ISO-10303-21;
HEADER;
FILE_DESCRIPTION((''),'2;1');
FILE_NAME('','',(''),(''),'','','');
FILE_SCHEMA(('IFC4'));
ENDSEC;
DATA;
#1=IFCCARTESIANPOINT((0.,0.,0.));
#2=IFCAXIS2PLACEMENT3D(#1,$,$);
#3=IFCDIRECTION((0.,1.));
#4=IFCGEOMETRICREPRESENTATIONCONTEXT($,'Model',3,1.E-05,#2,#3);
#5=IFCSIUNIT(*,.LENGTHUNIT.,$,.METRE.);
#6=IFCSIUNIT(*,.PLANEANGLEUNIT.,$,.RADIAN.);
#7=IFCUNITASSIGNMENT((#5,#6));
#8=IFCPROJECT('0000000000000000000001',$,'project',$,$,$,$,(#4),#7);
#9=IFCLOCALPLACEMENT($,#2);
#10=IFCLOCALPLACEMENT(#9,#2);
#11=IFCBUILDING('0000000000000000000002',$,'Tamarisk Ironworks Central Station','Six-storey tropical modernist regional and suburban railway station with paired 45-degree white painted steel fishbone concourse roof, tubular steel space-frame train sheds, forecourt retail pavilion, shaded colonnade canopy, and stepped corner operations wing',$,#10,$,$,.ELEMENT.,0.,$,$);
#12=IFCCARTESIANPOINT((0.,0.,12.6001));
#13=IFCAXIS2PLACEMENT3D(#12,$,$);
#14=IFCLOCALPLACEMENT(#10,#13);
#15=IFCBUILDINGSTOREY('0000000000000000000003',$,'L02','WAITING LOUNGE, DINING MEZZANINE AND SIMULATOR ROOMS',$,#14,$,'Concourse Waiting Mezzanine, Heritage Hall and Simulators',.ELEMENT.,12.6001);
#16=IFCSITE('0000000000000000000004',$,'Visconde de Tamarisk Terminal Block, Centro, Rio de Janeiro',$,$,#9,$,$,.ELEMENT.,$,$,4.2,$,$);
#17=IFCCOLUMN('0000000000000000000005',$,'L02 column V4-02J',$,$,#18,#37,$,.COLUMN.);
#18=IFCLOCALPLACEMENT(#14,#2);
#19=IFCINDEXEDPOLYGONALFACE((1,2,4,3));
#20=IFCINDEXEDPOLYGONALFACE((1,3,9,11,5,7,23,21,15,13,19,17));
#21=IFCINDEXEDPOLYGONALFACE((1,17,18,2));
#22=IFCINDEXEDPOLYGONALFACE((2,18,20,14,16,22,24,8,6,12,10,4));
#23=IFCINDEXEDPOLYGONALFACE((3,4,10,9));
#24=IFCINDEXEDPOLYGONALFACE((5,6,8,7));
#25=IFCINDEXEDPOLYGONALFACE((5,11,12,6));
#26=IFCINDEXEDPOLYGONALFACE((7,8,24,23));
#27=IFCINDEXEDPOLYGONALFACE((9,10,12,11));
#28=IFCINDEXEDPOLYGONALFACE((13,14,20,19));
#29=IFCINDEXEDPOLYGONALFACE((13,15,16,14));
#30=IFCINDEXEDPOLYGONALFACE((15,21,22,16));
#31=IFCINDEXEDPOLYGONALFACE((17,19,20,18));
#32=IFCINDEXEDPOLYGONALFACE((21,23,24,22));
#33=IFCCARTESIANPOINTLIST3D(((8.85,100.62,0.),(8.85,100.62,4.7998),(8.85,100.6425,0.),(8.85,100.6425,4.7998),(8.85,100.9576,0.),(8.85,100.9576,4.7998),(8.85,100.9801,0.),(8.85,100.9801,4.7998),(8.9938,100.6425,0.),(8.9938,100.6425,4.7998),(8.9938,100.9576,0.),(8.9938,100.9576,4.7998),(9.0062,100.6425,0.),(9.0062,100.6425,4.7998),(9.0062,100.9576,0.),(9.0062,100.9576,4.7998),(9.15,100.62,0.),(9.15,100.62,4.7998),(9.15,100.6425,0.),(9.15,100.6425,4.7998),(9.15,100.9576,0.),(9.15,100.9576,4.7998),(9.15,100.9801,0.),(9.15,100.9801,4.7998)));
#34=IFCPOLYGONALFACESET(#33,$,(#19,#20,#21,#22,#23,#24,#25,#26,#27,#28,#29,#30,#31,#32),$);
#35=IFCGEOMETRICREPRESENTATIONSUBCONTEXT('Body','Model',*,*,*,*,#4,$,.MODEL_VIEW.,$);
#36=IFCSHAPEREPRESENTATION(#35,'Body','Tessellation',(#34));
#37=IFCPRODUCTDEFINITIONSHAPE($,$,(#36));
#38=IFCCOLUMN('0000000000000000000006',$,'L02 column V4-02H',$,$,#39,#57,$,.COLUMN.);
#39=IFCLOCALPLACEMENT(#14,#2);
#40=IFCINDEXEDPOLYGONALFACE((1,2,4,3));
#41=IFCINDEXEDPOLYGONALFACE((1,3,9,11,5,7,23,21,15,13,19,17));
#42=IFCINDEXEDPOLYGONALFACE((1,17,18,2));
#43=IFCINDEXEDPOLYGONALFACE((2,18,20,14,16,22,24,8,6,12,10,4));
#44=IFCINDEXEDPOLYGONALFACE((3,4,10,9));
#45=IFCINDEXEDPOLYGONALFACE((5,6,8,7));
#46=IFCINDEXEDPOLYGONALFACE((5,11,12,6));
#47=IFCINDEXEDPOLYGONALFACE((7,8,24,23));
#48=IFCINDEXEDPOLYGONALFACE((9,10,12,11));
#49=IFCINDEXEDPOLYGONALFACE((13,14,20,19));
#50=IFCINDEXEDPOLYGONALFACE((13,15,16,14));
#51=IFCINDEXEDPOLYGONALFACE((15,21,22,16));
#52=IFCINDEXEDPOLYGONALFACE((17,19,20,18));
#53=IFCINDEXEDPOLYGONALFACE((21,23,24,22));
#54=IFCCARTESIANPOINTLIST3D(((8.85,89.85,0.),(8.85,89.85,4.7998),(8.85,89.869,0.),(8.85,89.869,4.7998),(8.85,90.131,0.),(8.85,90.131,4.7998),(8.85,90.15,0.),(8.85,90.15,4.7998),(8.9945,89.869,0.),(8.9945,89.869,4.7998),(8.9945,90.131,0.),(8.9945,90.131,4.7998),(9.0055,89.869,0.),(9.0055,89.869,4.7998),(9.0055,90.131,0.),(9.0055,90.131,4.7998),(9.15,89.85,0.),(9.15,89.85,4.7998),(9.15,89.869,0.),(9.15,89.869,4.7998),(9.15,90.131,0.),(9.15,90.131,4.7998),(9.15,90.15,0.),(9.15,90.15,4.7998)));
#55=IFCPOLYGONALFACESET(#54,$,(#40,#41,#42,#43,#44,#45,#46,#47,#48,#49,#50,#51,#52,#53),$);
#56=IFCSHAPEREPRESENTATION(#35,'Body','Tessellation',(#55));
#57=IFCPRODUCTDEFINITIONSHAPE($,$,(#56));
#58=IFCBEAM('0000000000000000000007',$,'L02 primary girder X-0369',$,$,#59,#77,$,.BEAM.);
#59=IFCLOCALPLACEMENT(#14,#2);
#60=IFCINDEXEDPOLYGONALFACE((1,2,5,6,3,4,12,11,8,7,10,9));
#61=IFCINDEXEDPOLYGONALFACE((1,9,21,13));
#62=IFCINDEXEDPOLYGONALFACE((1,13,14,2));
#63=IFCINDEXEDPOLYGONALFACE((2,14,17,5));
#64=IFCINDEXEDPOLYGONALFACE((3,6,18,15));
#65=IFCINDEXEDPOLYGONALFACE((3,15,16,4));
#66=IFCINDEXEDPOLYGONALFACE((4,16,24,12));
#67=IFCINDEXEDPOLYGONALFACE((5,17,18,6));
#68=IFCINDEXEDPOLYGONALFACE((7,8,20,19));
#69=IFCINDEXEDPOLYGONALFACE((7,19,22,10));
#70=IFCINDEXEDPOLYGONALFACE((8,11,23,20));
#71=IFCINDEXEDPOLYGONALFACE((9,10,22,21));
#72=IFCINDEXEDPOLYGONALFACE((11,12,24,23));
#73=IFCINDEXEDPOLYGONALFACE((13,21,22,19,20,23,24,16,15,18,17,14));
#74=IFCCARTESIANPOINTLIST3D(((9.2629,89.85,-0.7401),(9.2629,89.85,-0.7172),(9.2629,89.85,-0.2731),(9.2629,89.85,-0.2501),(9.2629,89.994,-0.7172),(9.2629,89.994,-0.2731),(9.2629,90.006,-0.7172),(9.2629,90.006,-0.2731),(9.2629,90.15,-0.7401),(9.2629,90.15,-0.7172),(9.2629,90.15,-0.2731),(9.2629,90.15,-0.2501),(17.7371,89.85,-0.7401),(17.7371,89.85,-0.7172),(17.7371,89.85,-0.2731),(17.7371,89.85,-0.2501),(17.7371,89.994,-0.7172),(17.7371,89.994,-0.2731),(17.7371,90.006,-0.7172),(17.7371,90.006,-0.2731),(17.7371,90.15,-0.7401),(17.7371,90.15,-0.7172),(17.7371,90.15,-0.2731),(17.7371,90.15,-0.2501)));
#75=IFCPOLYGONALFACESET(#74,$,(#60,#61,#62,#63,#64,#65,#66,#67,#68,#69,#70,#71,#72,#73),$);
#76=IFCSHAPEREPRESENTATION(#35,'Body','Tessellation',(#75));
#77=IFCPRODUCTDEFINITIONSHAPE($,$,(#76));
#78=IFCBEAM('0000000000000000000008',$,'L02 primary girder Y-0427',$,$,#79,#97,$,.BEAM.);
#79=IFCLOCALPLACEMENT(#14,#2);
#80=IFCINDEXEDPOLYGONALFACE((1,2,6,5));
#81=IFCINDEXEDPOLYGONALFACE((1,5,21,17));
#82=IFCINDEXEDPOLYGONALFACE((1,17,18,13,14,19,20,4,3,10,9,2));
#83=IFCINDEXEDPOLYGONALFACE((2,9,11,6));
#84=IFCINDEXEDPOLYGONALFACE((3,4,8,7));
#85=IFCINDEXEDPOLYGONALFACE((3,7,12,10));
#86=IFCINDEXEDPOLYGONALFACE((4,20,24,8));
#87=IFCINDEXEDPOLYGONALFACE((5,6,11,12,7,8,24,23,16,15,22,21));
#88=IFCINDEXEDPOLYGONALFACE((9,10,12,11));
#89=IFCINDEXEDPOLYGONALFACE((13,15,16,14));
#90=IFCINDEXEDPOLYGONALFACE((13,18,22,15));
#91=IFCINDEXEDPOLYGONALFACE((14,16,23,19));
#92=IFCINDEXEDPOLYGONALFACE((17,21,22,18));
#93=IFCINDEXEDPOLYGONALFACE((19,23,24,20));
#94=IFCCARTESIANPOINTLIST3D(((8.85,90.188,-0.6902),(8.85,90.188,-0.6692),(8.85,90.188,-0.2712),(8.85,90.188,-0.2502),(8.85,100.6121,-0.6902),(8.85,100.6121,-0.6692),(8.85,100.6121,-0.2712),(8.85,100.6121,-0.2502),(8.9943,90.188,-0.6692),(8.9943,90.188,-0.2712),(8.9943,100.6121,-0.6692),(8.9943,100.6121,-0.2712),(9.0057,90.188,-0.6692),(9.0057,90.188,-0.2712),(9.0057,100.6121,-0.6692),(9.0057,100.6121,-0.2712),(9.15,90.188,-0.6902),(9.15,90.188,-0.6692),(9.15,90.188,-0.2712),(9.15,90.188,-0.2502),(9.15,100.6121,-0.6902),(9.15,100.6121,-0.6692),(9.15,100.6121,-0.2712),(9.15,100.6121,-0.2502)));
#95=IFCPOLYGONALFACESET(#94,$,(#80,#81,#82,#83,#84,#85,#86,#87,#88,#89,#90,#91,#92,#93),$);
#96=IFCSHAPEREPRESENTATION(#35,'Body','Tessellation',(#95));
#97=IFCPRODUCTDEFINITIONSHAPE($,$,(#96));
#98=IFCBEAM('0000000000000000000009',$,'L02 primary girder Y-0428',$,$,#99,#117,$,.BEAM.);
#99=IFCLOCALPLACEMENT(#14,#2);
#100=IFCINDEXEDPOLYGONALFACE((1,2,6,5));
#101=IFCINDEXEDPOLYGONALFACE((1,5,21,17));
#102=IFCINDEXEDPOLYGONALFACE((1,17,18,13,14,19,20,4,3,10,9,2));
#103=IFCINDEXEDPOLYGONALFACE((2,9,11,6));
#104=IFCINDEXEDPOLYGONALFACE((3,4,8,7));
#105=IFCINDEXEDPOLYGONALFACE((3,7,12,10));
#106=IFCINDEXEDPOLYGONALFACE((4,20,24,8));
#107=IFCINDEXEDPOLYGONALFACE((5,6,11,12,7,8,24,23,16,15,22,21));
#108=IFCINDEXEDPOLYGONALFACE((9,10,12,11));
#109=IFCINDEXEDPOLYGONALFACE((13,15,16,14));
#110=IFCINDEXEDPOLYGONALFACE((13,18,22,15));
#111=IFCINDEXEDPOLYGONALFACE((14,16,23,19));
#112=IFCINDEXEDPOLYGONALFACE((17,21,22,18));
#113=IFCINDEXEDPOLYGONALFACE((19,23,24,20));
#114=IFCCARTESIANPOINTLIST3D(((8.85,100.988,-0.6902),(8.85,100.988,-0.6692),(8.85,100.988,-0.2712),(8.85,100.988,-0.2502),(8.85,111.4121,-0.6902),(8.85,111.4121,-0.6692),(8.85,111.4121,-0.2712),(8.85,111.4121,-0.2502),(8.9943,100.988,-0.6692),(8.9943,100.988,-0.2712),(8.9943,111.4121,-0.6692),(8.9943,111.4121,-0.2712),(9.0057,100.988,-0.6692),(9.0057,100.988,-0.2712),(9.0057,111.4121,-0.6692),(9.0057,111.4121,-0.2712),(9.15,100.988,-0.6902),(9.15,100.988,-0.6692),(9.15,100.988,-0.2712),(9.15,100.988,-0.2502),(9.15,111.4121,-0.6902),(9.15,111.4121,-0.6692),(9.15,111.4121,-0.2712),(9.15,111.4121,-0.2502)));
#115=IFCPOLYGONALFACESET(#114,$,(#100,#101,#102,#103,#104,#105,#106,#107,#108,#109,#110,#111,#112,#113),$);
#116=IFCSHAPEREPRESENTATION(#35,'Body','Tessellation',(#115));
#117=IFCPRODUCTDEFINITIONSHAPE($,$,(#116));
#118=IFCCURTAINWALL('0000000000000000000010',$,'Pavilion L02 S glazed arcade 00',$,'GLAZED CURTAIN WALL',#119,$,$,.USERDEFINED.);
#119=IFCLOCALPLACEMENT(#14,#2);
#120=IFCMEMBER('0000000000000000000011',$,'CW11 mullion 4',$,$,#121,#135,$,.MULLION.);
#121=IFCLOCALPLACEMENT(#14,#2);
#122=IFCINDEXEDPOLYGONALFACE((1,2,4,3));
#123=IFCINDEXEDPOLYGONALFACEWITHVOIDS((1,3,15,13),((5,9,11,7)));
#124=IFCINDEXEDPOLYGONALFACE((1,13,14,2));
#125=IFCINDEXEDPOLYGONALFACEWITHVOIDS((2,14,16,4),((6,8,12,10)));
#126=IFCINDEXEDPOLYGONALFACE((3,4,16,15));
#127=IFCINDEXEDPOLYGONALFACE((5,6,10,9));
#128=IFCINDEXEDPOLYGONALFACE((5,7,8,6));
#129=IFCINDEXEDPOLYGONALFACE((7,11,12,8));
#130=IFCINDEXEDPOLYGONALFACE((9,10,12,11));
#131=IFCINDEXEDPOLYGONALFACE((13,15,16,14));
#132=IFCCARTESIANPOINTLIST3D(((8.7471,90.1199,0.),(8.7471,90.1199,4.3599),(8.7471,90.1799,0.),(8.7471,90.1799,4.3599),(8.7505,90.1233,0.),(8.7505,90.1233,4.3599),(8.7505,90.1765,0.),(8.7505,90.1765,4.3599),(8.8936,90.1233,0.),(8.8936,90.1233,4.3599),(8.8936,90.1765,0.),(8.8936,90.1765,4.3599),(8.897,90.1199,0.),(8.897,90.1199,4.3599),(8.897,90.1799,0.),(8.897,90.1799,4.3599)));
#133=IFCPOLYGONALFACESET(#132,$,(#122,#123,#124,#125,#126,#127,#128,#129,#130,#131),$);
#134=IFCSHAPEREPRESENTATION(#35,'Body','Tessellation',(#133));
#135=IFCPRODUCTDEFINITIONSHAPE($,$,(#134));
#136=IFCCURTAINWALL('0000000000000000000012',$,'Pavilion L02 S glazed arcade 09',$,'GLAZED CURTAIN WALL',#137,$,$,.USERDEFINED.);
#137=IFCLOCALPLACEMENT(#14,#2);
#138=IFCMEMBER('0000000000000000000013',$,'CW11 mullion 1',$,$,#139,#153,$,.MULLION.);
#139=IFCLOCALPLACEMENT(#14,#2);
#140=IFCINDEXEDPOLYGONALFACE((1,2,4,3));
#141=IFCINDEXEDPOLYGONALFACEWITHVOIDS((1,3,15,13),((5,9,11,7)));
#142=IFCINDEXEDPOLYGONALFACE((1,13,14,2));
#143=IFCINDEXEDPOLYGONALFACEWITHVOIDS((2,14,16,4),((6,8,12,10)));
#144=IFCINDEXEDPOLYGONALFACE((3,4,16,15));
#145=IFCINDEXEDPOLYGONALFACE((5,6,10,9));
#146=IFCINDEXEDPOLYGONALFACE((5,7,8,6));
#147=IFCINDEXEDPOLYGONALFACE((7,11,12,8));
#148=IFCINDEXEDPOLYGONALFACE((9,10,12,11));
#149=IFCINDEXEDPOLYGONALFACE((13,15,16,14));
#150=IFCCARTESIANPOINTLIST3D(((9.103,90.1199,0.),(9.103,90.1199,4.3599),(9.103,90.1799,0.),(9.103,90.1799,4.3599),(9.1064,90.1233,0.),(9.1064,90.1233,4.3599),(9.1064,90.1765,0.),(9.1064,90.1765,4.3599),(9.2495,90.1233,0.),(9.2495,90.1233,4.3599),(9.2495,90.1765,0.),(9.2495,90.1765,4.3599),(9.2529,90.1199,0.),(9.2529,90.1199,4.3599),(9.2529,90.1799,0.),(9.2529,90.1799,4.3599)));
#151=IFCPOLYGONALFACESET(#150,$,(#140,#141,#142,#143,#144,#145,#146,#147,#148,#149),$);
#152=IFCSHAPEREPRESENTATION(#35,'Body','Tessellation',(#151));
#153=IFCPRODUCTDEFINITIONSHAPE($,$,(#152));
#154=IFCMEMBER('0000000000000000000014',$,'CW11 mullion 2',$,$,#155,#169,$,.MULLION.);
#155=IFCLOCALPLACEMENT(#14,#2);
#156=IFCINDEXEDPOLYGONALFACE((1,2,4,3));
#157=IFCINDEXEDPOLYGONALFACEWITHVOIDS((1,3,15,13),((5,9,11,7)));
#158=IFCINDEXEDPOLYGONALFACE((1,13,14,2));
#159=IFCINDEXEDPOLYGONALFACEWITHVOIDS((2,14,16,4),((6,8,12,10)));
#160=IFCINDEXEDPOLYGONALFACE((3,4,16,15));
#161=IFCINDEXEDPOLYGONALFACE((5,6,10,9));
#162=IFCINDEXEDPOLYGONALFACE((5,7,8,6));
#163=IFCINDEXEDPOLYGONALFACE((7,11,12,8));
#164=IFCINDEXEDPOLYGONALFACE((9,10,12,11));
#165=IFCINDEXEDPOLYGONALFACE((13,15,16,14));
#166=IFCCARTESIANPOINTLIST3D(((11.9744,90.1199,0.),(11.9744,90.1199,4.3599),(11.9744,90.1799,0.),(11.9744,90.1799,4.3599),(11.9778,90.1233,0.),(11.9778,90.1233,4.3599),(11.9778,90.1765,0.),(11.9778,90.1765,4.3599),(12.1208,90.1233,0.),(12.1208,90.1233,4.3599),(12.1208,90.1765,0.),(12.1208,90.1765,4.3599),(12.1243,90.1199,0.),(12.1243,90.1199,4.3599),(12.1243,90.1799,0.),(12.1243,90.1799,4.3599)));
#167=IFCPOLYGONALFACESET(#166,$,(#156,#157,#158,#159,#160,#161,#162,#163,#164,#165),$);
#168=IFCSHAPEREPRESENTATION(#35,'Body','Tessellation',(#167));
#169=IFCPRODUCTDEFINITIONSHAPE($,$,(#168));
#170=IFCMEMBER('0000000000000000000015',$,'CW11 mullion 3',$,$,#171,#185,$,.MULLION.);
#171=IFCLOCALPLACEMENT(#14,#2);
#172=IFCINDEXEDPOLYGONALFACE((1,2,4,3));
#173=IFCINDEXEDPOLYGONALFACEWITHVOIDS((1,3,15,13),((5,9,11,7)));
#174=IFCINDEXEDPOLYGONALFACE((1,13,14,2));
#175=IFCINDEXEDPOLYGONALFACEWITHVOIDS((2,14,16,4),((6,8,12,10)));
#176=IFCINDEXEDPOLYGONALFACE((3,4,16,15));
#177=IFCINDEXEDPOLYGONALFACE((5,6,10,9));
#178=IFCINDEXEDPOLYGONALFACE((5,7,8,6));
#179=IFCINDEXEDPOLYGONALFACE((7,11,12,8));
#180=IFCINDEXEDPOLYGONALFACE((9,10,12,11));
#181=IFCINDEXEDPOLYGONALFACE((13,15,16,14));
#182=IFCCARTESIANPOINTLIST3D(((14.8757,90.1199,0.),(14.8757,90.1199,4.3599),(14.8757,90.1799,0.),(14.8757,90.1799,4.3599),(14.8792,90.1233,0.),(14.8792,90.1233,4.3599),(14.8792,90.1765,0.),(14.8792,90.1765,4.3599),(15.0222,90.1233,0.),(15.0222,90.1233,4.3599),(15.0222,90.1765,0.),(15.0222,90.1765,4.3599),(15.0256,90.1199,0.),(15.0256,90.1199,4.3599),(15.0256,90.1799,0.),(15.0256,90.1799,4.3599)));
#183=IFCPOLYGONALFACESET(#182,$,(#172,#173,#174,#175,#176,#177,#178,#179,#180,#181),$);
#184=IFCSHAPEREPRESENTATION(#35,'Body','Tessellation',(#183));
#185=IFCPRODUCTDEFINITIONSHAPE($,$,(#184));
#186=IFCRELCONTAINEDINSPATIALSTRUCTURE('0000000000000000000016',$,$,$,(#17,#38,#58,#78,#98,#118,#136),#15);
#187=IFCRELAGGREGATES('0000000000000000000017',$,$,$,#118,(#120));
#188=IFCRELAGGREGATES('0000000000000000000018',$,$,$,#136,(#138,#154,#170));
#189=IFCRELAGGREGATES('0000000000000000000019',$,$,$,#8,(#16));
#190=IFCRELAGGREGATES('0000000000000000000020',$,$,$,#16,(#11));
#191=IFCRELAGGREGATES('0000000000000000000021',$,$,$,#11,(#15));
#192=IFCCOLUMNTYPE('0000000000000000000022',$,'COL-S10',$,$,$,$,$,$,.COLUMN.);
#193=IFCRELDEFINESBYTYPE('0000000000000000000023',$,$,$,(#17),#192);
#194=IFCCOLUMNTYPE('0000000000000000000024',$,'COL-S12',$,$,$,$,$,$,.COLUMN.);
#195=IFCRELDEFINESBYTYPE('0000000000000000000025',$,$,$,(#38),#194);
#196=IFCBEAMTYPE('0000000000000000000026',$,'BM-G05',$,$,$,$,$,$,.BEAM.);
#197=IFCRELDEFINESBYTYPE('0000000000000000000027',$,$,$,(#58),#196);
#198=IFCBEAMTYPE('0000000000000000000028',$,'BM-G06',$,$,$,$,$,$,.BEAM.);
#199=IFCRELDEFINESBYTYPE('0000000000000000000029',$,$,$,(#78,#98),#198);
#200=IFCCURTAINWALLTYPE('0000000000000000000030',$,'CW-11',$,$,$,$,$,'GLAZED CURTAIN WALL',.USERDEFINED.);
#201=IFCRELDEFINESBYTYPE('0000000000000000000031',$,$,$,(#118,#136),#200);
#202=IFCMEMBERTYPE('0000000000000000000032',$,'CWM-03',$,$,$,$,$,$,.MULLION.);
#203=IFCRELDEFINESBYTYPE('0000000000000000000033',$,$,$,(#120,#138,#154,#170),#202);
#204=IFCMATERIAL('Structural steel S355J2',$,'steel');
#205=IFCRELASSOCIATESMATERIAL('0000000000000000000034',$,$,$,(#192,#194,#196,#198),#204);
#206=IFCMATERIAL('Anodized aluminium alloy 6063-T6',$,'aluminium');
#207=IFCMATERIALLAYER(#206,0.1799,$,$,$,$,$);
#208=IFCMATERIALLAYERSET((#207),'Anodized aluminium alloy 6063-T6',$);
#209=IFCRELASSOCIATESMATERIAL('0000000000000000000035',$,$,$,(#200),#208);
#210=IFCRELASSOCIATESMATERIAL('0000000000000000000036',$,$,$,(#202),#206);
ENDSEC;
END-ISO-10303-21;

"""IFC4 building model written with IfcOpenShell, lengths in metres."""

from ifc_helpers import new_model, si_unit, direction, frame, origin, origin_2d, place, context, subcontext, project, spatial, hollow_rectangle, i_section, extrude, material, layer, layer_set, material_profile, profile_set, type_object, element, aggregate, save


model = new_model("IFC4")

# Units and contexts
model_context = context("Model", 3, precision=1e-05, world=origin(), true_north=direction((0.0, 1.0)))
body_context = subcontext(model_context, "Body", "Model", "MODEL_VIEW")
ifc_project = project(units=[si_unit("LENGTHUNIT", "METRE"), si_unit("PLANEANGLEUNIT", "RADIAN")], contexts=[model_context])

# Site, building, storey
site_placement = place(None, origin())
site = spatial("IfcSite", under=ifc_project, at=site_placement, Name="Visconde de Tamarisk Terminal Block, Centro, Rio de Janeiro", CompositionType="ELEMENT", RefElevation=4.2)
building_placement = place(site_placement, origin())
building = spatial("IfcBuilding", under=site, at=building_placement, Name="Tamarisk Ironworks Central Station", Description="Six-storey tropical modernist regional and suburban railway station with paired 45-degree white painted steel fishbone concourse roof, tubular steel space-frame train sheds, forecourt retail pavilion, shaded colonnade canopy, and stepped corner operations wing", CompositionType="ELEMENT", ElevationOfRefHeight=0.0)
storey_placement = place(building_placement, frame((0.0, 0.0, 12.6001)))
storey = spatial("IfcBuildingStorey", under=building, at=storey_placement, Name="L02", Description="WAITING LOUNGE, DINING MEZZANINE AND SIMULATOR ROOMS", LongName="Concourse Waiting Mezzanine, Heritage Hall and Simulators", CompositionType="ELEMENT", Elevation=12.6001)

# Columns
ifc_material_1 = material(Name="Structural steel S355J2", Category="steel")
ifc_material_profile_1 = material_profile(ifc_material_1, i_section(OverallWidth=0.3, OverallDepth=0.3601, WebThickness=0.0125, FlangeThickness=0.0225, at=origin_2d()), Name="HEB 360")
ifc_profile_set_1 = profile_set([ifc_material_profile_1], Name="Structural steel S355J2")
column_type_1 = type_object("IfcColumnType", Name="COL-S10", PredefinedType="COLUMN", material=ifc_profile_set_1)
column_1_placement = place(storey_placement, frame((9.0, 100.8, 0.0), z_axis=(0.0, 0.0, 1.0), x_axis=(1.0, 0.0, 0.0)))
element("IfcColumn", 1, at=column_1_placement, inside=storey, type_object=column_type_1, Name="L02 column V4-02J", PredefinedType="COLUMN", context=body_context, shape_type="SweptSolid", body=[
    extrude(i_section(OverallWidth=0.3, OverallDepth=0.3601, WebThickness=0.0125, FlangeThickness=0.0225, at=origin_2d()), origin(), (0.0, 0.0, 1.0), 4.7998),
])
ifc_material_profile_2 = material_profile(ifc_material_1, i_section(OverallWidth=0.3, OverallDepth=0.3, WebThickness=0.011, FlangeThickness=0.019, at=origin_2d()), Name="HEB 300")
ifc_profile_set_2 = profile_set([ifc_material_profile_2], Name="Structural steel S355J2")
column_type_2 = type_object("IfcColumnType", Name="COL-S12", PredefinedType="COLUMN", material=ifc_profile_set_2)
column_2_placement = place(storey_placement, frame((9.0, 90.0, 0.0), z_axis=(0.0, 0.0, 1.0), x_axis=(1.0, 0.0, 0.0)))
element("IfcColumn", 2, at=column_2_placement, inside=storey, type_object=column_type_2, Name="L02 column V4-02H", PredefinedType="COLUMN", context=body_context, shape_type="SweptSolid", body=[
    extrude(i_section(OverallWidth=0.3, OverallDepth=0.3, WebThickness=0.011, FlangeThickness=0.019, at=origin_2d()), origin(), (0.0, 0.0, 1.0), 4.7998),
])

# Beams
ifc_material_profile_3 = material_profile(ifc_material_1, i_section(OverallWidth=0.3, OverallDepth=0.49, WebThickness=0.012, FlangeThickness=0.0229, at=origin_2d()), Name="HEA 500")
ifc_profile_set_3 = profile_set([ifc_material_profile_3], Name="Structural steel S355J2")
beam_type_1 = type_object("IfcBeamType", Name="BM-G05", PredefinedType="BEAM", material=ifc_profile_set_3)
beam_placement = place(storey_placement, frame((9.2629, 90.0, -0.4951), z_axis=(1.0, 0.0, 0.0), x_axis=(0.0, 1.0, 0.0)))
element("IfcBeam", 3, at=beam_placement, inside=storey, type_object=beam_type_1, Name="L02 primary girder X-0369", PredefinedType="BEAM", context=body_context, shape_type="SweptSolid", body=[
    extrude(i_section(OverallWidth=0.3, OverallDepth=0.49, WebThickness=0.012, FlangeThickness=0.0229, at=origin_2d()), origin(), (0.0, 0.0, 1.0), 8.4741),
])
ifc_material_profile_4 = material_profile(ifc_material_1, i_section(OverallWidth=0.3, OverallDepth=0.4399, WebThickness=0.0115, FlangeThickness=0.021, at=origin_2d()), Name="HEA 450")
ifc_profile_set_4 = profile_set([ifc_material_profile_4], Name="Structural steel S355J2")
beam_type_2 = type_object("IfcBeamType", Name="BM-G06", PredefinedType="BEAM", material=ifc_profile_set_4)
for number, where, z_axis, x_axis, name in (
    (4, (9.0, 90.188, -0.4702), (0.0, 1.0, 0.0), (-1.0, 0.0, 0.0), "L02 primary girder Y-0427"),
    (5, (9.0, 100.988, -0.4702), (0.0, 1.0, 0.0), (-1.0, 0.0, 0.0), "L02 primary girder Y-0428"),
):
    element("IfcBeam", number, at=place(storey_placement, frame(where, z_axis=z_axis, x_axis=x_axis)), inside=storey, type_object=beam_type_2, Name=name, PredefinedType="BEAM", context=body_context, shape_type="SweptSolid", body=[
        extrude(i_section(OverallWidth=0.3, OverallDepth=0.4399, WebThickness=0.0115, FlangeThickness=0.021, at=origin_2d()), origin(), (0.0, 0.0, 1.0), 10.4241),
    ])

# Curtain wall, member
ifc_material_2 = material(Name="Anodized aluminium alloy 6063-T6", Category="aluminium")
ifc_layer_1 = layer(ifc_material_2, 0.1799)
ifc_layer_set_1 = layer_set([ifc_layer_1], Name="Anodized aluminium alloy 6063-T6")
curtain_wall_type = type_object("IfcCurtainWallType", Name="CW-11", ElementType="GLAZED CURTAIN WALL", PredefinedType="USERDEFINED", material=ifc_layer_set_1)
curtain_wall_1_placement = place(storey_placement, origin())
curtain_wall_1 = element("IfcCurtainWall", 6, at=curtain_wall_1_placement, inside=storey, type_object=curtain_wall_type, Name="Pavilion L02 S glazed arcade 00", ObjectType="GLAZED CURTAIN WALL", PredefinedType="USERDEFINED")
ifc_material_profile_5 = material_profile(ifc_material_2, hollow_rectangle(XDim=0.0601, YDim=0.1499, WallThickness=0.0034, at=origin_2d()), Name="ALUM 150x60")
ifc_profile_set_5 = profile_set([ifc_material_profile_5], Name="Anodized aluminium alloy 6063-T6")
member_type_1 = type_object("IfcMemberType", Name="CWM-03", PredefinedType="MULLION", material=ifc_profile_set_5)
member_1_placement = place(storey_placement, frame((8.822, 90.1499, 0.0), z_axis=(0.0, 0.0, 1.0), x_axis=(0.0, 1.0, 0.0)))
member_1 = element("IfcMember", 7, at=member_1_placement, type_object=member_type_1, Name="CW11 mullion 4", PredefinedType="MULLION", context=body_context, shape_type="SweptSolid", body=[
    extrude(hollow_rectangle(XDim=0.0601, YDim=0.1499, WallThickness=0.0034, at=origin_2d()), origin(), (0.0, 0.0, 1.0), 4.3599),
])

# Curtain wall, members
curtain_wall_2_placement = place(storey_placement, origin())
curtain_wall_2 = element("IfcCurtainWall", 8, at=curtain_wall_2_placement, inside=storey, type_object=curtain_wall_type, Name="Pavilion L02 S glazed arcade 09", ObjectType="GLAZED CURTAIN WALL", PredefinedType="USERDEFINED")
member_2_placement = place(storey_placement, frame((9.178, 90.1499, 0.0), z_axis=(0.0, 0.0, 1.0), x_axis=(0.0, 1.0, 0.0)))
member_2 = element("IfcMember", 9, at=member_2_placement, type_object=member_type_1, Name="CW11 mullion 1", PredefinedType="MULLION", context=body_context, shape_type="SweptSolid", body=[
    extrude(hollow_rectangle(XDim=0.0601, YDim=0.1499, WallThickness=0.0034, at=origin_2d()), origin(), (0.0, 0.0, 1.0), 4.3599),
])
member_3_placement = place(storey_placement, frame((12.0493, 90.1499, 0.0), z_axis=(0.0, 0.0, 1.0), x_axis=(0.0, 1.0, 0.0)))
member_3 = element("IfcMember", 10, at=member_3_placement, type_object=member_type_1, Name="CW11 mullion 2", PredefinedType="MULLION", context=body_context, shape_type="SweptSolid", body=[
    extrude(hollow_rectangle(XDim=0.0601, YDim=0.1499, WallThickness=0.0034, at=origin_2d()), origin(), (0.0, 0.0, 1.0), 4.3599),
])
member_4_placement = place(storey_placement, frame((14.9507, 90.1499, 0.0), z_axis=(0.0, 0.0, 1.0), x_axis=(0.0, 1.0, 0.0)))
member_4 = element("IfcMember", 11, at=member_4_placement, type_object=member_type_1, Name="CW11 mullion 3", PredefinedType="MULLION", context=body_context, shape_type="SweptSolid", body=[
    extrude(hollow_rectangle(XDim=0.0601, YDim=0.1499, WallThickness=0.0034, at=origin_2d()), origin(), (0.0, 0.0, 1.0), 4.3599),
])

aggregate(curtain_wall_1, [member_1])
aggregate(curtain_wall_2, [member_2, member_3, member_4])

save(model, "model.ifc")
